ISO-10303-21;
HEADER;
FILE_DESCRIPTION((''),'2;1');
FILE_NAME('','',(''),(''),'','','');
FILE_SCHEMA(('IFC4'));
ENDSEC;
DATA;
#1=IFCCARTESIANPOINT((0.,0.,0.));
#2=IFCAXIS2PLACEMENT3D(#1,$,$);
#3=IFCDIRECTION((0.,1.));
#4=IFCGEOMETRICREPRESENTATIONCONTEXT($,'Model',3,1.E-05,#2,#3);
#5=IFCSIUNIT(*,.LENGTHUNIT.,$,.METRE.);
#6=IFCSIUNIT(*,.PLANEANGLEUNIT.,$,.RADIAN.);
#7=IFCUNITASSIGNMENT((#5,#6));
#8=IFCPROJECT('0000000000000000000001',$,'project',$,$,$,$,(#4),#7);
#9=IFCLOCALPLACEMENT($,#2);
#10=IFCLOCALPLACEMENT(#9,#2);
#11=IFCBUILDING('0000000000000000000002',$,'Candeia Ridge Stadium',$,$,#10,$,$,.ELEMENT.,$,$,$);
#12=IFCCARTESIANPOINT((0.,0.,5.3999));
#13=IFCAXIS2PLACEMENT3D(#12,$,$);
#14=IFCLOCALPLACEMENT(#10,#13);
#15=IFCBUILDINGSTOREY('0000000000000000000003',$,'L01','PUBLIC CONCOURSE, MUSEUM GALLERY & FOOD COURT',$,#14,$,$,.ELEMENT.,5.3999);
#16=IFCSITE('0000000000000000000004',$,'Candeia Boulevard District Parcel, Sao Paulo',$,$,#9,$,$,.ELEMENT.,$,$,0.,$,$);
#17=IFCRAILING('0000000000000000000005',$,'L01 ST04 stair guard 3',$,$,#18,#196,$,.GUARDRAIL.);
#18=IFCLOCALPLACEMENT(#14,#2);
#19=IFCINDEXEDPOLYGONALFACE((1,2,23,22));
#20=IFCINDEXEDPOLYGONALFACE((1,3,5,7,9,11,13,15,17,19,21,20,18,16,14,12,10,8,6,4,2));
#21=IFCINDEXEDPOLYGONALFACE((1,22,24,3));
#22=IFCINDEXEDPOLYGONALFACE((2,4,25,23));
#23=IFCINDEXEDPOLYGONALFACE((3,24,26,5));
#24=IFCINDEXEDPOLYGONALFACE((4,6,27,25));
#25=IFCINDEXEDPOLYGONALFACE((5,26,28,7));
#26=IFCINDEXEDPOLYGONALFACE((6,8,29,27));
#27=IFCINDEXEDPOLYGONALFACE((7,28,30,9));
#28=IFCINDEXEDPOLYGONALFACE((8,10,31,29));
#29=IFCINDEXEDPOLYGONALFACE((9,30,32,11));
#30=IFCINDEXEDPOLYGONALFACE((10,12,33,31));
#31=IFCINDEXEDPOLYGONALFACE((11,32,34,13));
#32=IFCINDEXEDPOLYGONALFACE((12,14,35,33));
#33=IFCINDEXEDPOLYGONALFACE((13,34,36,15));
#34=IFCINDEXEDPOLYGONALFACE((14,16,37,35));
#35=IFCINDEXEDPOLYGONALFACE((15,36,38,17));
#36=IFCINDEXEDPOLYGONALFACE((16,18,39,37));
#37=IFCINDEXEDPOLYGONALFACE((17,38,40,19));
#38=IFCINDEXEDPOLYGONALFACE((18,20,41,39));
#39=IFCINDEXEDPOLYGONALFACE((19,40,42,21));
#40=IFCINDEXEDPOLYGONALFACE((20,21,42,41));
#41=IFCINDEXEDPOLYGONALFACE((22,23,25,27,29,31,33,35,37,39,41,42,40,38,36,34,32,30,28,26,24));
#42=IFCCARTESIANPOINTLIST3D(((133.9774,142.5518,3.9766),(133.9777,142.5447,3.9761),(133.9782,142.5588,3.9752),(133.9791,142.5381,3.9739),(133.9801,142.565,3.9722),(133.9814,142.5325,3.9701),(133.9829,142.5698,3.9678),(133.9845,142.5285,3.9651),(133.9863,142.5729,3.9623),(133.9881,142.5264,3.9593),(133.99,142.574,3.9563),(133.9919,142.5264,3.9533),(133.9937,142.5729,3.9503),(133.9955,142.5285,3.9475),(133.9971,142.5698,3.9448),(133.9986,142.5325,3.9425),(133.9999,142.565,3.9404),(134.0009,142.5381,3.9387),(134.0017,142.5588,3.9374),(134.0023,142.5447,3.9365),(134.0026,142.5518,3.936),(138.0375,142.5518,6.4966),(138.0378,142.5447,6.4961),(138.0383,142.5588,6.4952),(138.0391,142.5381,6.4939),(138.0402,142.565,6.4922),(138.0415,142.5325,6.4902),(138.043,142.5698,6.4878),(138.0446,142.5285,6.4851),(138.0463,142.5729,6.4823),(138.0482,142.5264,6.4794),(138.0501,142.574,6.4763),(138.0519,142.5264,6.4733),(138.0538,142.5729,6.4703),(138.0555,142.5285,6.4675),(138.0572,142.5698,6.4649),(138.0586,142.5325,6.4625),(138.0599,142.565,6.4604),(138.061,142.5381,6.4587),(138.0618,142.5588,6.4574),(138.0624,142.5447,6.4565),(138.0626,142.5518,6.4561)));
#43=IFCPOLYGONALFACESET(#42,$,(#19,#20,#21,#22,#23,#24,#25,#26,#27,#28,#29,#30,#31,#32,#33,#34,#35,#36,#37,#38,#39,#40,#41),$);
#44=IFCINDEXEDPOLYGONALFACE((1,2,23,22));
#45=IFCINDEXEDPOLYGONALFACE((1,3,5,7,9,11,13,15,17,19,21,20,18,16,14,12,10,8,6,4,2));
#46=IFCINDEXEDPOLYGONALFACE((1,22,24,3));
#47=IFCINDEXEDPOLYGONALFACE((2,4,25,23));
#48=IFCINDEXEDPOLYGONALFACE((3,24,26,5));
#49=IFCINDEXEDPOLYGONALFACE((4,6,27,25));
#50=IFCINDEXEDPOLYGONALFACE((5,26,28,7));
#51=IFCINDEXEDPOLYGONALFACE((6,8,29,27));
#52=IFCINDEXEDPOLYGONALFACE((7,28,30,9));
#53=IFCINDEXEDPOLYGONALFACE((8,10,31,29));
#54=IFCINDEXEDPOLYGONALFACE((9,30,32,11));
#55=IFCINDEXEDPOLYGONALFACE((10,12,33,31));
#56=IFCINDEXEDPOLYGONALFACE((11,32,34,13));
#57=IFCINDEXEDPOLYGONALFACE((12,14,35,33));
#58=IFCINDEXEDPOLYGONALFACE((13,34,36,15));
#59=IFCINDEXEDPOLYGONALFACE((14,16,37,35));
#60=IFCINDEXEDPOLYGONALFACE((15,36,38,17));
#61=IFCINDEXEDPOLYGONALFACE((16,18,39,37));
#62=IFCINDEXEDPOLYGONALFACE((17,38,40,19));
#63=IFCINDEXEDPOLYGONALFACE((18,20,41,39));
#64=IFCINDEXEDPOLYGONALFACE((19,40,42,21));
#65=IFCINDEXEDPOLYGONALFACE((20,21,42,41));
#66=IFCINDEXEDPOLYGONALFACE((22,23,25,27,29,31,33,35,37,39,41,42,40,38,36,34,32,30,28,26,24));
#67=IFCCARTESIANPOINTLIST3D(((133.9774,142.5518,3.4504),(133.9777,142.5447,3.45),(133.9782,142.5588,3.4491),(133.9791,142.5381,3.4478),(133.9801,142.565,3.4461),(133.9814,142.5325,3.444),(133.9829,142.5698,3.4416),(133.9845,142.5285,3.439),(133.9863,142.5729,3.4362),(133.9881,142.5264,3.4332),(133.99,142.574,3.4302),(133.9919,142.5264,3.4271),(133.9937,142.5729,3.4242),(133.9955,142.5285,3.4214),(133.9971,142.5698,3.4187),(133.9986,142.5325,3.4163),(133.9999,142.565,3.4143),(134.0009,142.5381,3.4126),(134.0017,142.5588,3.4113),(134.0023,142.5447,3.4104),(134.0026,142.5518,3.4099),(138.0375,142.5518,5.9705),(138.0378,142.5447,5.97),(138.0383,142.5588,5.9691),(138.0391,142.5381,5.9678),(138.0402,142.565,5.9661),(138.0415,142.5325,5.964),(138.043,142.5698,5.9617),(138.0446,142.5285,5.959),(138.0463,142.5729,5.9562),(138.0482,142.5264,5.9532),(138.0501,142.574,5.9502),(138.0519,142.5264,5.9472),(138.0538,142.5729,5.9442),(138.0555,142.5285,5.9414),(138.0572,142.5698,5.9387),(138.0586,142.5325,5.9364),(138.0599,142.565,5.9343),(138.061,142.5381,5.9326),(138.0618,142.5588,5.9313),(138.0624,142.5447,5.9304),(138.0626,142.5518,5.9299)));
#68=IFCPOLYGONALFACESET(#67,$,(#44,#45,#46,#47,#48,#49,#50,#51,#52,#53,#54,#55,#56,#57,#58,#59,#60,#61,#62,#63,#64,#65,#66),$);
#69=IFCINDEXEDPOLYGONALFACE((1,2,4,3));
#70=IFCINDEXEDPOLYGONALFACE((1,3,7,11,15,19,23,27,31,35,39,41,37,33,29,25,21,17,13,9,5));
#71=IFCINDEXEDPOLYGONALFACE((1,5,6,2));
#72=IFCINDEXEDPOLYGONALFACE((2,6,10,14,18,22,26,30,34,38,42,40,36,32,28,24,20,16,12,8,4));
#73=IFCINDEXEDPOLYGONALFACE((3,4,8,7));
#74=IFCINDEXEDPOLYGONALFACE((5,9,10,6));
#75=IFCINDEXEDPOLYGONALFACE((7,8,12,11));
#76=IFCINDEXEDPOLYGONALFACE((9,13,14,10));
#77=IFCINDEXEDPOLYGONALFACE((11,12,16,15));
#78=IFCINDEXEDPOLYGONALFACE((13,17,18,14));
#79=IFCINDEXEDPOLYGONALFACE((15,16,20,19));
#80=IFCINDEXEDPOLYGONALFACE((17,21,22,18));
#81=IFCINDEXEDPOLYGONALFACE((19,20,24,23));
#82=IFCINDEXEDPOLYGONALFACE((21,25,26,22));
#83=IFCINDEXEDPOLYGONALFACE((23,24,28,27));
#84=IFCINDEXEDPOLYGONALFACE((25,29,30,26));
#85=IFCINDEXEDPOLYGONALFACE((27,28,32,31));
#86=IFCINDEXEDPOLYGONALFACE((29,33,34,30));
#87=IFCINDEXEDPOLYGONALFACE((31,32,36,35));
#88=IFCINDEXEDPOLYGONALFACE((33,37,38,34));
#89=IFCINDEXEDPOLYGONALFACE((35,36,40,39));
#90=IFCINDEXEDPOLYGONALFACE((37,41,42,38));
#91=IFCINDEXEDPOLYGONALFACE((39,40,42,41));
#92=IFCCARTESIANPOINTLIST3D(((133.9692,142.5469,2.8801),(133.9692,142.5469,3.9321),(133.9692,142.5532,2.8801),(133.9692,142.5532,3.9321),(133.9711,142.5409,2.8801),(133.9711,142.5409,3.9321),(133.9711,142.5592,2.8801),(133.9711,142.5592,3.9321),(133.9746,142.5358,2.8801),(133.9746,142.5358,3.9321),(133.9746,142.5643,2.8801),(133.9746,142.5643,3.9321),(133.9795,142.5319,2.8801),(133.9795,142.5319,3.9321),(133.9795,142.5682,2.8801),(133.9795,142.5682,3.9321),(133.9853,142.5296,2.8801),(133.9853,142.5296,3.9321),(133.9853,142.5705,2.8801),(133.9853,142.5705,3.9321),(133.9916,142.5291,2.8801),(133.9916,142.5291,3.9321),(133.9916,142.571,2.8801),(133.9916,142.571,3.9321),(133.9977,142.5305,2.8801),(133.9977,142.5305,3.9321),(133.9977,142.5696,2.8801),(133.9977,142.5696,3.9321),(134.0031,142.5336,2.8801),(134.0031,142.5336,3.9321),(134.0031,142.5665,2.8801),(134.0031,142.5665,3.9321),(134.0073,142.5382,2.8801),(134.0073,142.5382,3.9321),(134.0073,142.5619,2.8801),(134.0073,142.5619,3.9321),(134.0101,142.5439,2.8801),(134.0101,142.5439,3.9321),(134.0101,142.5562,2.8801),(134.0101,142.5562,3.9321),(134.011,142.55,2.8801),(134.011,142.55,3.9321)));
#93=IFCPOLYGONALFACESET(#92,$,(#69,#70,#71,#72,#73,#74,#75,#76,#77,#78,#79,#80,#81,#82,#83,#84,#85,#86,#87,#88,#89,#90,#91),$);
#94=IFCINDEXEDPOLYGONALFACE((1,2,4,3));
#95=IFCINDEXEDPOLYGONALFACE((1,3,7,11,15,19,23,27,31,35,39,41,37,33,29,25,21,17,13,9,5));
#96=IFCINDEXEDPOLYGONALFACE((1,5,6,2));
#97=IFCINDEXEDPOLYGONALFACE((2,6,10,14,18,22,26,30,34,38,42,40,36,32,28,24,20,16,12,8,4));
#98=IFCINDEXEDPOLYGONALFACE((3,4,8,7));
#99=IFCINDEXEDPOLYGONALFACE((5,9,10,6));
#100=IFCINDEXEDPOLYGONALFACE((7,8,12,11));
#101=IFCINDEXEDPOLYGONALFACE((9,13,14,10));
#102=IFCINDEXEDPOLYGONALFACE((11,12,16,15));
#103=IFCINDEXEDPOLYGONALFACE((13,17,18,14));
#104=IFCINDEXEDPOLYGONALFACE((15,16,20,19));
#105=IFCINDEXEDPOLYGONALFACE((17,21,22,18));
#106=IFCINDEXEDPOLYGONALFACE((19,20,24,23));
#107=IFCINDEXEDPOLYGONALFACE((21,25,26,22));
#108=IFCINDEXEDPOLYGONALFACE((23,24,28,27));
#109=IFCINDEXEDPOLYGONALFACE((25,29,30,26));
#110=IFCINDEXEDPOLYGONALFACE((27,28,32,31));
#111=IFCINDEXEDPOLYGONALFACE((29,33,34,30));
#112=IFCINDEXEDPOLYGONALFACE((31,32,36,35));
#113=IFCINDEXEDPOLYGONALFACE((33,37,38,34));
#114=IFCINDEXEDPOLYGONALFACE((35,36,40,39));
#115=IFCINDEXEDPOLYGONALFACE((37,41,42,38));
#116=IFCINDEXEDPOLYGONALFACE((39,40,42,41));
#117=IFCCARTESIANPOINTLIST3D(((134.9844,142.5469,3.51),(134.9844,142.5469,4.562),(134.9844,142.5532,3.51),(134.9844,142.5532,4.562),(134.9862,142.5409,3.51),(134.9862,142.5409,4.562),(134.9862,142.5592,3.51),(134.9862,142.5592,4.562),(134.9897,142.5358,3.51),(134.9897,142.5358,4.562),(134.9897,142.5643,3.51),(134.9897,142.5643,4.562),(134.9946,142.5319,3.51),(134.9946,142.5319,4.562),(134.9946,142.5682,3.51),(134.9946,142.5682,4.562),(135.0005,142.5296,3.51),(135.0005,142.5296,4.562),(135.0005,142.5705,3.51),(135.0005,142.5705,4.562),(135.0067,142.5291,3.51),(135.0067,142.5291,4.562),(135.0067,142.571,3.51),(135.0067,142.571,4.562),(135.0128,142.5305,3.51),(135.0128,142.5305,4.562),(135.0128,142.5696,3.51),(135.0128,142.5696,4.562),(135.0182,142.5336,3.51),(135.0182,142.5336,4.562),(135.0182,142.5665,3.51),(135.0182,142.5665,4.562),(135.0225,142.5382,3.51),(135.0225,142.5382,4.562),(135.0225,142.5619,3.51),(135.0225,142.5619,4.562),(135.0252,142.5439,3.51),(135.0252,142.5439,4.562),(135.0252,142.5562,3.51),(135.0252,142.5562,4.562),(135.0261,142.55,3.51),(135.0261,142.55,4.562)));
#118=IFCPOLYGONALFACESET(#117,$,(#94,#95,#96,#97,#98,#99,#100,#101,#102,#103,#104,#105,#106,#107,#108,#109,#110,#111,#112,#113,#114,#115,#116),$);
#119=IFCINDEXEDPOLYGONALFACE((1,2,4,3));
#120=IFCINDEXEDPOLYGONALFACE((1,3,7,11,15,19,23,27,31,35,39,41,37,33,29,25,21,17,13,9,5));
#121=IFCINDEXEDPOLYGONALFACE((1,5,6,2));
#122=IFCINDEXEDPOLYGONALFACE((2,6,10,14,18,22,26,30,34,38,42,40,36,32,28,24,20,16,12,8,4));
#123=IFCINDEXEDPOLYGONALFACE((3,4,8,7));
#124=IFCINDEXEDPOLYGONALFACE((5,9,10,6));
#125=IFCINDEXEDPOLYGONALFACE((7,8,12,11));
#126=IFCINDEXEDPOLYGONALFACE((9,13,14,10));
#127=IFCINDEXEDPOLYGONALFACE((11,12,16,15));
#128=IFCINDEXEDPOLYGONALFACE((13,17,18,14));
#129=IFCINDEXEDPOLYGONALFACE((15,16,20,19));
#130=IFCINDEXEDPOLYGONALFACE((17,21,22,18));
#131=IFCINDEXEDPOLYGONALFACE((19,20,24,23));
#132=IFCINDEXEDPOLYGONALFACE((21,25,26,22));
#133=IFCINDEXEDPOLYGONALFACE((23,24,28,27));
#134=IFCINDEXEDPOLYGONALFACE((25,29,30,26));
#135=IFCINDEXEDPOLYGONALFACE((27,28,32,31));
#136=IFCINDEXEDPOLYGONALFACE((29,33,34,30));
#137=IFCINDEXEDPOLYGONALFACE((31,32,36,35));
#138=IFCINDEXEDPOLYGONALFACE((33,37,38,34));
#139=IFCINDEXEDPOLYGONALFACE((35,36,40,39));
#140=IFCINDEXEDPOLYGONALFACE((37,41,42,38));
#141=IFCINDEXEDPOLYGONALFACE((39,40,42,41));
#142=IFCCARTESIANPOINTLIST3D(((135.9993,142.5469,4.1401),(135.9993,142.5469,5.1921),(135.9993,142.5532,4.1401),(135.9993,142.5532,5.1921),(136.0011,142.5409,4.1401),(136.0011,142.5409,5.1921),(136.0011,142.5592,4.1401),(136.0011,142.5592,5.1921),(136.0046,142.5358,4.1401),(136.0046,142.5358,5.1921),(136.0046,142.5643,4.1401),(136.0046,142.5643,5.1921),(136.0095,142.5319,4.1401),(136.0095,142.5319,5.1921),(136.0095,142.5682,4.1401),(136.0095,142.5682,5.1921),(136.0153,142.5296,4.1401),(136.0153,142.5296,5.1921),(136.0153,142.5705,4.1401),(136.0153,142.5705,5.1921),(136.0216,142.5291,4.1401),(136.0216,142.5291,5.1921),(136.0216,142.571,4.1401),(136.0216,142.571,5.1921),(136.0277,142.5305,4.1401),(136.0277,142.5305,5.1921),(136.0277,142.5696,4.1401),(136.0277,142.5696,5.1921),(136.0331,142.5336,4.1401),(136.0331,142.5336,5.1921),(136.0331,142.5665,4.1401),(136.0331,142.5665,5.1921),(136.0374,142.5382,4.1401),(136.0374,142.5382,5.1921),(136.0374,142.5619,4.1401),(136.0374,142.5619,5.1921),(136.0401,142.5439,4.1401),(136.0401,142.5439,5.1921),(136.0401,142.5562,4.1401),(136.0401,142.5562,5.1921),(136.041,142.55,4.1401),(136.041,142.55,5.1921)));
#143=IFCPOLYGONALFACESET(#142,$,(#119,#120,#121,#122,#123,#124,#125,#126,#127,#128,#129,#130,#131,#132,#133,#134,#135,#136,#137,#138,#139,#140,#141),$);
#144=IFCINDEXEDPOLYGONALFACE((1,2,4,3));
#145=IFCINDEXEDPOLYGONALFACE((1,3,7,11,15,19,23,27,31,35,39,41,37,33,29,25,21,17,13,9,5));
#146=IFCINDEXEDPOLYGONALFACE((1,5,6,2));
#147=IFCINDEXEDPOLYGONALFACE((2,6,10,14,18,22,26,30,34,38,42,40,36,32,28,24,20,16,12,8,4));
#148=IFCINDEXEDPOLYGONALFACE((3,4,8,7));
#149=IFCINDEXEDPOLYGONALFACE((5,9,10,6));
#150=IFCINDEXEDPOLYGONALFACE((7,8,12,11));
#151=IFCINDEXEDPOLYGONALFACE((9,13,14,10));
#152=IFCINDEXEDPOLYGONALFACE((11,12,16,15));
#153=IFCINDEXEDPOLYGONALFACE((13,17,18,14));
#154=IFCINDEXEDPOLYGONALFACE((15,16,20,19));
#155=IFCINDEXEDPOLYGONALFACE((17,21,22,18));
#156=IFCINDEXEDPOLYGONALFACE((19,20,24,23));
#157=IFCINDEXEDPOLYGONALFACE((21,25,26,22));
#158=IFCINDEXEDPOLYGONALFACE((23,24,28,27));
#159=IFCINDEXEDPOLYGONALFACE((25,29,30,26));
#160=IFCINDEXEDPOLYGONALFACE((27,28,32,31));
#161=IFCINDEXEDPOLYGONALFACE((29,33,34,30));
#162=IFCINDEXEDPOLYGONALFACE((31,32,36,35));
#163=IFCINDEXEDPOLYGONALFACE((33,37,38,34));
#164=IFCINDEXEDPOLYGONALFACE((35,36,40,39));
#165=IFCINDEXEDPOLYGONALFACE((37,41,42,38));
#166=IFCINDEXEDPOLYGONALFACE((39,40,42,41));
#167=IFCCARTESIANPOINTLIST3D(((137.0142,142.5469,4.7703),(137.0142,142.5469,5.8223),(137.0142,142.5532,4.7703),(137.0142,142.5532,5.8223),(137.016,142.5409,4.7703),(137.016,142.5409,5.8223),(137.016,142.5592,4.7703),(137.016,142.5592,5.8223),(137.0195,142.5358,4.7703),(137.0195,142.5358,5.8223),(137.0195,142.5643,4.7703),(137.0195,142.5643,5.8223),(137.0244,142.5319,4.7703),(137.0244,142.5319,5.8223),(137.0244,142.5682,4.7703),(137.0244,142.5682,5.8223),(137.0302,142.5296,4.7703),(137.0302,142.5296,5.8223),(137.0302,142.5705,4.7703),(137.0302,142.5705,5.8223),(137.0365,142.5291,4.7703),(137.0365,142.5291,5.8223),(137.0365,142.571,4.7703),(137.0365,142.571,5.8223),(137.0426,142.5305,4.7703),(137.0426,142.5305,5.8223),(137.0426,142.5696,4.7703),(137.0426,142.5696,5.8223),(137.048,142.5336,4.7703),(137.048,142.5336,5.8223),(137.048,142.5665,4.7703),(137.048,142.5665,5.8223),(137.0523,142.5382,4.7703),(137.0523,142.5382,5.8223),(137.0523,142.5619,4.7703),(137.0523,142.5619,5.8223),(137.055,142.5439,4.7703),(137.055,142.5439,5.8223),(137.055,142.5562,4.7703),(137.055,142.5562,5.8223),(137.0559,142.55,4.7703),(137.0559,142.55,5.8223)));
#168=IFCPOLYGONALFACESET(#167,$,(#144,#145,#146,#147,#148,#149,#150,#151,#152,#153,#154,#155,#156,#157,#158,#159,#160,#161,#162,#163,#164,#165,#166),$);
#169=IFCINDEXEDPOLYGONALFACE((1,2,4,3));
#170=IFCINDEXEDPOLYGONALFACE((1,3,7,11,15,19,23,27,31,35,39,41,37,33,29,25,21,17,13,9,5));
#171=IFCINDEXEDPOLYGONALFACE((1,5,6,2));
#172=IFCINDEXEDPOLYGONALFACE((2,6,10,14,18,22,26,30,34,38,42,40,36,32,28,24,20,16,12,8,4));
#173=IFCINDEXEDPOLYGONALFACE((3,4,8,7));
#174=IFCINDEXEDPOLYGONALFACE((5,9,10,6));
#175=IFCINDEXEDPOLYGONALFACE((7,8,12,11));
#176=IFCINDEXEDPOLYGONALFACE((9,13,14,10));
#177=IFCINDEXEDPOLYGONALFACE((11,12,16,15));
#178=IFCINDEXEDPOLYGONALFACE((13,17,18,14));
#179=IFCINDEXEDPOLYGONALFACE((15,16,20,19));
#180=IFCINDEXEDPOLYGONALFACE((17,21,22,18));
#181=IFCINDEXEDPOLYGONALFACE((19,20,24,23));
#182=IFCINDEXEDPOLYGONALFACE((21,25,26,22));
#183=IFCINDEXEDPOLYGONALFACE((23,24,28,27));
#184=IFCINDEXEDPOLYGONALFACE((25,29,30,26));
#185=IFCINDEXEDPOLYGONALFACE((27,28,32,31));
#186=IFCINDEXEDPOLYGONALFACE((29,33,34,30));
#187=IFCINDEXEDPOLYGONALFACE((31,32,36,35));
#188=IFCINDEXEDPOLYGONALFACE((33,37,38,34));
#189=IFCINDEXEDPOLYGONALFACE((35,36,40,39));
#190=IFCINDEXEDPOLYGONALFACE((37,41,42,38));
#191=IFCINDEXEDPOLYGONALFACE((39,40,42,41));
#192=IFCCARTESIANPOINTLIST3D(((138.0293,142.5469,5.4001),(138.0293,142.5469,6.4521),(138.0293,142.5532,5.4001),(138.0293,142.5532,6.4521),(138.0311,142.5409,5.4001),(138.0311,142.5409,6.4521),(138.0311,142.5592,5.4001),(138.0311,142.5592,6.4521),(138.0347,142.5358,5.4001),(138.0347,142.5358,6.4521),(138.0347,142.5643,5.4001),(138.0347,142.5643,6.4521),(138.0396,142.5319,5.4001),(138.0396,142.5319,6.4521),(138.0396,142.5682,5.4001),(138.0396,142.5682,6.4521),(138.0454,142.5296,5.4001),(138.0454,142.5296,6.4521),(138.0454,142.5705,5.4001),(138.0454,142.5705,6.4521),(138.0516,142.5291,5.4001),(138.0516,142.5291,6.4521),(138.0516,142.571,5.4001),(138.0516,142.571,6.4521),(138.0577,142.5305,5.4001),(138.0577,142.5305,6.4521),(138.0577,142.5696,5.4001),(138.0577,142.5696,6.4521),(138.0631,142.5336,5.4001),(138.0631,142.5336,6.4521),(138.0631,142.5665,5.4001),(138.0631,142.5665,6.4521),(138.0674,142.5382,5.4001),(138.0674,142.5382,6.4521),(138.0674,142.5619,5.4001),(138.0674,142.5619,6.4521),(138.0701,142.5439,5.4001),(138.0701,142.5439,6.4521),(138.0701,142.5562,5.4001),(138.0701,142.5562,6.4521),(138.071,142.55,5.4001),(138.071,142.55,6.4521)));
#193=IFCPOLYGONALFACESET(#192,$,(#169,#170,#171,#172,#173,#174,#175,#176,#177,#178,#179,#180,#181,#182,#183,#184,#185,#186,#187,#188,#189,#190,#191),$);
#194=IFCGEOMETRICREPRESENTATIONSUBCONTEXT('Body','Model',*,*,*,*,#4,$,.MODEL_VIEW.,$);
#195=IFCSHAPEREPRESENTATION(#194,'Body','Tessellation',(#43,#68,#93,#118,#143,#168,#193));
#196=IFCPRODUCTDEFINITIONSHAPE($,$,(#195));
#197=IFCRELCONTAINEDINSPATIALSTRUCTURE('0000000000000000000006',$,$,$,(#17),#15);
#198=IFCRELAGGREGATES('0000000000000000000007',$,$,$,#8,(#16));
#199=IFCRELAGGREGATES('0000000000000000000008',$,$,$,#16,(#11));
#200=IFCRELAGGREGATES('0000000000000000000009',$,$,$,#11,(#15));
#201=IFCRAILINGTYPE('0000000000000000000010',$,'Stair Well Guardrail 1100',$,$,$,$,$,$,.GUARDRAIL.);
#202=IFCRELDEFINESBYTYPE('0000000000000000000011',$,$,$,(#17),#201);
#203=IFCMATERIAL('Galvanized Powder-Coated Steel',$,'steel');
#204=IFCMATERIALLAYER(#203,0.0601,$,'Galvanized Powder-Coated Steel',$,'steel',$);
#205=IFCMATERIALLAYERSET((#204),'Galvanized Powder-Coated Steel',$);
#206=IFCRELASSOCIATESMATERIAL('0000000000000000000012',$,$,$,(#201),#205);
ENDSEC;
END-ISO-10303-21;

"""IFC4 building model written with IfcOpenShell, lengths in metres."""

from ifc_helpers import new_model, si_unit, direction, frame, origin, origin_2d, place, context, subcontext, project, spatial, circle, extrude, material, layer, layer_set, type_object, element, save


model = new_model("IFC4")

# Units and contexts
model_context = context("Model", 3, precision=1e-05, world=origin(), true_north=direction((0.0, 1.0)))
body_context = subcontext(model_context, "Body", "Model", "MODEL_VIEW")
ifc_project = project(units=[si_unit("LENGTHUNIT", "METRE"), si_unit("PLANEANGLEUNIT", "RADIAN")], contexts=[model_context])

# Site, building, storey
site_placement = place(None, origin())
site = spatial("IfcSite", under=ifc_project, at=site_placement, Name="Candeia Boulevard District Parcel, Sao Paulo", CompositionType="ELEMENT", RefElevation=0.0)
building_placement = place(site_placement, origin())
building = spatial("IfcBuilding", under=site, at=building_placement, Name="Candeia Ridge Stadium", CompositionType="ELEMENT")
storey_placement = place(building_placement, frame((0.0, 0.0, 5.3999)))
storey = spatial("IfcBuildingStorey", under=building, at=storey_placement, Name="L01", Description="PUBLIC CONCOURSE, MUSEUM GALLERY & FOOD COURT", CompositionType="ELEMENT", Elevation=5.3999)

# Railing
ifc_material_1 = material(Name="Galvanized Powder-Coated Steel", Category="steel")
ifc_layer_1 = layer(ifc_material_1, 0.0601, Name="Galvanized Powder-Coated Steel", Category="steel")
ifc_layer_set_1 = layer_set([ifc_layer_1], Name="Galvanized Powder-Coated Steel")
railing_type_1 = type_object("IfcRailingType", Name="Stair Well Guardrail 1100", PredefinedType="GUARDRAIL", material=ifc_layer_set_1)
railing_1_placement = place(storey_placement, frame((133.99, 142.55, 2.8801)))
element("IfcRailing", 1, at=railing_1_placement, inside=storey, type_object=railing_type_1, Name="L01 ST04 stair guard 3", PredefinedType="GUARDRAIL", context=body_context, shape_type="SweptSolid", body=[
    extrude(circle(Radius=0.0239, at=origin_2d()), frame((0.0, 0.0, 1.0762), z_axis=(0.849642, 0.0, 0.52736), x_axis=(0.0, 1.0, 0.0)), (0.0, 0.0, 1.0), 4.7786),
    extrude(circle(Radius=0.0239, at=origin_2d()), frame((0.0, 0.0, 0.55), z_axis=(0.849642, 0.0, 0.52736), x_axis=(0.0, 1.0, 0.0)), (0.0, 0.0, 1.0), 4.7786),
    extrude(circle(Radius=0.021, at=origin_2d()), origin(), (0.0, 0.0, 1.0), 1.052),
    extrude(circle(Radius=0.021, at=origin_2d()), frame((1.0151, 0.0, 0.6299)), (0.0, 0.0, 1.0), 1.052),
    extrude(circle(Radius=0.021, at=origin_2d()), frame((2.03, 0.0, 1.26)), (0.0, 0.0, 1.0), 1.052),
    extrude(circle(Radius=0.021, at=origin_2d()), frame((3.0449, 0.0, 1.8901)), (0.0, 0.0, 1.0), 1.052),
    extrude(circle(Radius=0.021, at=origin_2d()), frame((4.0601, 0.0, 2.52)), (0.0, 0.0, 1.0), 1.052),
])

save(model, "model.ifc")
